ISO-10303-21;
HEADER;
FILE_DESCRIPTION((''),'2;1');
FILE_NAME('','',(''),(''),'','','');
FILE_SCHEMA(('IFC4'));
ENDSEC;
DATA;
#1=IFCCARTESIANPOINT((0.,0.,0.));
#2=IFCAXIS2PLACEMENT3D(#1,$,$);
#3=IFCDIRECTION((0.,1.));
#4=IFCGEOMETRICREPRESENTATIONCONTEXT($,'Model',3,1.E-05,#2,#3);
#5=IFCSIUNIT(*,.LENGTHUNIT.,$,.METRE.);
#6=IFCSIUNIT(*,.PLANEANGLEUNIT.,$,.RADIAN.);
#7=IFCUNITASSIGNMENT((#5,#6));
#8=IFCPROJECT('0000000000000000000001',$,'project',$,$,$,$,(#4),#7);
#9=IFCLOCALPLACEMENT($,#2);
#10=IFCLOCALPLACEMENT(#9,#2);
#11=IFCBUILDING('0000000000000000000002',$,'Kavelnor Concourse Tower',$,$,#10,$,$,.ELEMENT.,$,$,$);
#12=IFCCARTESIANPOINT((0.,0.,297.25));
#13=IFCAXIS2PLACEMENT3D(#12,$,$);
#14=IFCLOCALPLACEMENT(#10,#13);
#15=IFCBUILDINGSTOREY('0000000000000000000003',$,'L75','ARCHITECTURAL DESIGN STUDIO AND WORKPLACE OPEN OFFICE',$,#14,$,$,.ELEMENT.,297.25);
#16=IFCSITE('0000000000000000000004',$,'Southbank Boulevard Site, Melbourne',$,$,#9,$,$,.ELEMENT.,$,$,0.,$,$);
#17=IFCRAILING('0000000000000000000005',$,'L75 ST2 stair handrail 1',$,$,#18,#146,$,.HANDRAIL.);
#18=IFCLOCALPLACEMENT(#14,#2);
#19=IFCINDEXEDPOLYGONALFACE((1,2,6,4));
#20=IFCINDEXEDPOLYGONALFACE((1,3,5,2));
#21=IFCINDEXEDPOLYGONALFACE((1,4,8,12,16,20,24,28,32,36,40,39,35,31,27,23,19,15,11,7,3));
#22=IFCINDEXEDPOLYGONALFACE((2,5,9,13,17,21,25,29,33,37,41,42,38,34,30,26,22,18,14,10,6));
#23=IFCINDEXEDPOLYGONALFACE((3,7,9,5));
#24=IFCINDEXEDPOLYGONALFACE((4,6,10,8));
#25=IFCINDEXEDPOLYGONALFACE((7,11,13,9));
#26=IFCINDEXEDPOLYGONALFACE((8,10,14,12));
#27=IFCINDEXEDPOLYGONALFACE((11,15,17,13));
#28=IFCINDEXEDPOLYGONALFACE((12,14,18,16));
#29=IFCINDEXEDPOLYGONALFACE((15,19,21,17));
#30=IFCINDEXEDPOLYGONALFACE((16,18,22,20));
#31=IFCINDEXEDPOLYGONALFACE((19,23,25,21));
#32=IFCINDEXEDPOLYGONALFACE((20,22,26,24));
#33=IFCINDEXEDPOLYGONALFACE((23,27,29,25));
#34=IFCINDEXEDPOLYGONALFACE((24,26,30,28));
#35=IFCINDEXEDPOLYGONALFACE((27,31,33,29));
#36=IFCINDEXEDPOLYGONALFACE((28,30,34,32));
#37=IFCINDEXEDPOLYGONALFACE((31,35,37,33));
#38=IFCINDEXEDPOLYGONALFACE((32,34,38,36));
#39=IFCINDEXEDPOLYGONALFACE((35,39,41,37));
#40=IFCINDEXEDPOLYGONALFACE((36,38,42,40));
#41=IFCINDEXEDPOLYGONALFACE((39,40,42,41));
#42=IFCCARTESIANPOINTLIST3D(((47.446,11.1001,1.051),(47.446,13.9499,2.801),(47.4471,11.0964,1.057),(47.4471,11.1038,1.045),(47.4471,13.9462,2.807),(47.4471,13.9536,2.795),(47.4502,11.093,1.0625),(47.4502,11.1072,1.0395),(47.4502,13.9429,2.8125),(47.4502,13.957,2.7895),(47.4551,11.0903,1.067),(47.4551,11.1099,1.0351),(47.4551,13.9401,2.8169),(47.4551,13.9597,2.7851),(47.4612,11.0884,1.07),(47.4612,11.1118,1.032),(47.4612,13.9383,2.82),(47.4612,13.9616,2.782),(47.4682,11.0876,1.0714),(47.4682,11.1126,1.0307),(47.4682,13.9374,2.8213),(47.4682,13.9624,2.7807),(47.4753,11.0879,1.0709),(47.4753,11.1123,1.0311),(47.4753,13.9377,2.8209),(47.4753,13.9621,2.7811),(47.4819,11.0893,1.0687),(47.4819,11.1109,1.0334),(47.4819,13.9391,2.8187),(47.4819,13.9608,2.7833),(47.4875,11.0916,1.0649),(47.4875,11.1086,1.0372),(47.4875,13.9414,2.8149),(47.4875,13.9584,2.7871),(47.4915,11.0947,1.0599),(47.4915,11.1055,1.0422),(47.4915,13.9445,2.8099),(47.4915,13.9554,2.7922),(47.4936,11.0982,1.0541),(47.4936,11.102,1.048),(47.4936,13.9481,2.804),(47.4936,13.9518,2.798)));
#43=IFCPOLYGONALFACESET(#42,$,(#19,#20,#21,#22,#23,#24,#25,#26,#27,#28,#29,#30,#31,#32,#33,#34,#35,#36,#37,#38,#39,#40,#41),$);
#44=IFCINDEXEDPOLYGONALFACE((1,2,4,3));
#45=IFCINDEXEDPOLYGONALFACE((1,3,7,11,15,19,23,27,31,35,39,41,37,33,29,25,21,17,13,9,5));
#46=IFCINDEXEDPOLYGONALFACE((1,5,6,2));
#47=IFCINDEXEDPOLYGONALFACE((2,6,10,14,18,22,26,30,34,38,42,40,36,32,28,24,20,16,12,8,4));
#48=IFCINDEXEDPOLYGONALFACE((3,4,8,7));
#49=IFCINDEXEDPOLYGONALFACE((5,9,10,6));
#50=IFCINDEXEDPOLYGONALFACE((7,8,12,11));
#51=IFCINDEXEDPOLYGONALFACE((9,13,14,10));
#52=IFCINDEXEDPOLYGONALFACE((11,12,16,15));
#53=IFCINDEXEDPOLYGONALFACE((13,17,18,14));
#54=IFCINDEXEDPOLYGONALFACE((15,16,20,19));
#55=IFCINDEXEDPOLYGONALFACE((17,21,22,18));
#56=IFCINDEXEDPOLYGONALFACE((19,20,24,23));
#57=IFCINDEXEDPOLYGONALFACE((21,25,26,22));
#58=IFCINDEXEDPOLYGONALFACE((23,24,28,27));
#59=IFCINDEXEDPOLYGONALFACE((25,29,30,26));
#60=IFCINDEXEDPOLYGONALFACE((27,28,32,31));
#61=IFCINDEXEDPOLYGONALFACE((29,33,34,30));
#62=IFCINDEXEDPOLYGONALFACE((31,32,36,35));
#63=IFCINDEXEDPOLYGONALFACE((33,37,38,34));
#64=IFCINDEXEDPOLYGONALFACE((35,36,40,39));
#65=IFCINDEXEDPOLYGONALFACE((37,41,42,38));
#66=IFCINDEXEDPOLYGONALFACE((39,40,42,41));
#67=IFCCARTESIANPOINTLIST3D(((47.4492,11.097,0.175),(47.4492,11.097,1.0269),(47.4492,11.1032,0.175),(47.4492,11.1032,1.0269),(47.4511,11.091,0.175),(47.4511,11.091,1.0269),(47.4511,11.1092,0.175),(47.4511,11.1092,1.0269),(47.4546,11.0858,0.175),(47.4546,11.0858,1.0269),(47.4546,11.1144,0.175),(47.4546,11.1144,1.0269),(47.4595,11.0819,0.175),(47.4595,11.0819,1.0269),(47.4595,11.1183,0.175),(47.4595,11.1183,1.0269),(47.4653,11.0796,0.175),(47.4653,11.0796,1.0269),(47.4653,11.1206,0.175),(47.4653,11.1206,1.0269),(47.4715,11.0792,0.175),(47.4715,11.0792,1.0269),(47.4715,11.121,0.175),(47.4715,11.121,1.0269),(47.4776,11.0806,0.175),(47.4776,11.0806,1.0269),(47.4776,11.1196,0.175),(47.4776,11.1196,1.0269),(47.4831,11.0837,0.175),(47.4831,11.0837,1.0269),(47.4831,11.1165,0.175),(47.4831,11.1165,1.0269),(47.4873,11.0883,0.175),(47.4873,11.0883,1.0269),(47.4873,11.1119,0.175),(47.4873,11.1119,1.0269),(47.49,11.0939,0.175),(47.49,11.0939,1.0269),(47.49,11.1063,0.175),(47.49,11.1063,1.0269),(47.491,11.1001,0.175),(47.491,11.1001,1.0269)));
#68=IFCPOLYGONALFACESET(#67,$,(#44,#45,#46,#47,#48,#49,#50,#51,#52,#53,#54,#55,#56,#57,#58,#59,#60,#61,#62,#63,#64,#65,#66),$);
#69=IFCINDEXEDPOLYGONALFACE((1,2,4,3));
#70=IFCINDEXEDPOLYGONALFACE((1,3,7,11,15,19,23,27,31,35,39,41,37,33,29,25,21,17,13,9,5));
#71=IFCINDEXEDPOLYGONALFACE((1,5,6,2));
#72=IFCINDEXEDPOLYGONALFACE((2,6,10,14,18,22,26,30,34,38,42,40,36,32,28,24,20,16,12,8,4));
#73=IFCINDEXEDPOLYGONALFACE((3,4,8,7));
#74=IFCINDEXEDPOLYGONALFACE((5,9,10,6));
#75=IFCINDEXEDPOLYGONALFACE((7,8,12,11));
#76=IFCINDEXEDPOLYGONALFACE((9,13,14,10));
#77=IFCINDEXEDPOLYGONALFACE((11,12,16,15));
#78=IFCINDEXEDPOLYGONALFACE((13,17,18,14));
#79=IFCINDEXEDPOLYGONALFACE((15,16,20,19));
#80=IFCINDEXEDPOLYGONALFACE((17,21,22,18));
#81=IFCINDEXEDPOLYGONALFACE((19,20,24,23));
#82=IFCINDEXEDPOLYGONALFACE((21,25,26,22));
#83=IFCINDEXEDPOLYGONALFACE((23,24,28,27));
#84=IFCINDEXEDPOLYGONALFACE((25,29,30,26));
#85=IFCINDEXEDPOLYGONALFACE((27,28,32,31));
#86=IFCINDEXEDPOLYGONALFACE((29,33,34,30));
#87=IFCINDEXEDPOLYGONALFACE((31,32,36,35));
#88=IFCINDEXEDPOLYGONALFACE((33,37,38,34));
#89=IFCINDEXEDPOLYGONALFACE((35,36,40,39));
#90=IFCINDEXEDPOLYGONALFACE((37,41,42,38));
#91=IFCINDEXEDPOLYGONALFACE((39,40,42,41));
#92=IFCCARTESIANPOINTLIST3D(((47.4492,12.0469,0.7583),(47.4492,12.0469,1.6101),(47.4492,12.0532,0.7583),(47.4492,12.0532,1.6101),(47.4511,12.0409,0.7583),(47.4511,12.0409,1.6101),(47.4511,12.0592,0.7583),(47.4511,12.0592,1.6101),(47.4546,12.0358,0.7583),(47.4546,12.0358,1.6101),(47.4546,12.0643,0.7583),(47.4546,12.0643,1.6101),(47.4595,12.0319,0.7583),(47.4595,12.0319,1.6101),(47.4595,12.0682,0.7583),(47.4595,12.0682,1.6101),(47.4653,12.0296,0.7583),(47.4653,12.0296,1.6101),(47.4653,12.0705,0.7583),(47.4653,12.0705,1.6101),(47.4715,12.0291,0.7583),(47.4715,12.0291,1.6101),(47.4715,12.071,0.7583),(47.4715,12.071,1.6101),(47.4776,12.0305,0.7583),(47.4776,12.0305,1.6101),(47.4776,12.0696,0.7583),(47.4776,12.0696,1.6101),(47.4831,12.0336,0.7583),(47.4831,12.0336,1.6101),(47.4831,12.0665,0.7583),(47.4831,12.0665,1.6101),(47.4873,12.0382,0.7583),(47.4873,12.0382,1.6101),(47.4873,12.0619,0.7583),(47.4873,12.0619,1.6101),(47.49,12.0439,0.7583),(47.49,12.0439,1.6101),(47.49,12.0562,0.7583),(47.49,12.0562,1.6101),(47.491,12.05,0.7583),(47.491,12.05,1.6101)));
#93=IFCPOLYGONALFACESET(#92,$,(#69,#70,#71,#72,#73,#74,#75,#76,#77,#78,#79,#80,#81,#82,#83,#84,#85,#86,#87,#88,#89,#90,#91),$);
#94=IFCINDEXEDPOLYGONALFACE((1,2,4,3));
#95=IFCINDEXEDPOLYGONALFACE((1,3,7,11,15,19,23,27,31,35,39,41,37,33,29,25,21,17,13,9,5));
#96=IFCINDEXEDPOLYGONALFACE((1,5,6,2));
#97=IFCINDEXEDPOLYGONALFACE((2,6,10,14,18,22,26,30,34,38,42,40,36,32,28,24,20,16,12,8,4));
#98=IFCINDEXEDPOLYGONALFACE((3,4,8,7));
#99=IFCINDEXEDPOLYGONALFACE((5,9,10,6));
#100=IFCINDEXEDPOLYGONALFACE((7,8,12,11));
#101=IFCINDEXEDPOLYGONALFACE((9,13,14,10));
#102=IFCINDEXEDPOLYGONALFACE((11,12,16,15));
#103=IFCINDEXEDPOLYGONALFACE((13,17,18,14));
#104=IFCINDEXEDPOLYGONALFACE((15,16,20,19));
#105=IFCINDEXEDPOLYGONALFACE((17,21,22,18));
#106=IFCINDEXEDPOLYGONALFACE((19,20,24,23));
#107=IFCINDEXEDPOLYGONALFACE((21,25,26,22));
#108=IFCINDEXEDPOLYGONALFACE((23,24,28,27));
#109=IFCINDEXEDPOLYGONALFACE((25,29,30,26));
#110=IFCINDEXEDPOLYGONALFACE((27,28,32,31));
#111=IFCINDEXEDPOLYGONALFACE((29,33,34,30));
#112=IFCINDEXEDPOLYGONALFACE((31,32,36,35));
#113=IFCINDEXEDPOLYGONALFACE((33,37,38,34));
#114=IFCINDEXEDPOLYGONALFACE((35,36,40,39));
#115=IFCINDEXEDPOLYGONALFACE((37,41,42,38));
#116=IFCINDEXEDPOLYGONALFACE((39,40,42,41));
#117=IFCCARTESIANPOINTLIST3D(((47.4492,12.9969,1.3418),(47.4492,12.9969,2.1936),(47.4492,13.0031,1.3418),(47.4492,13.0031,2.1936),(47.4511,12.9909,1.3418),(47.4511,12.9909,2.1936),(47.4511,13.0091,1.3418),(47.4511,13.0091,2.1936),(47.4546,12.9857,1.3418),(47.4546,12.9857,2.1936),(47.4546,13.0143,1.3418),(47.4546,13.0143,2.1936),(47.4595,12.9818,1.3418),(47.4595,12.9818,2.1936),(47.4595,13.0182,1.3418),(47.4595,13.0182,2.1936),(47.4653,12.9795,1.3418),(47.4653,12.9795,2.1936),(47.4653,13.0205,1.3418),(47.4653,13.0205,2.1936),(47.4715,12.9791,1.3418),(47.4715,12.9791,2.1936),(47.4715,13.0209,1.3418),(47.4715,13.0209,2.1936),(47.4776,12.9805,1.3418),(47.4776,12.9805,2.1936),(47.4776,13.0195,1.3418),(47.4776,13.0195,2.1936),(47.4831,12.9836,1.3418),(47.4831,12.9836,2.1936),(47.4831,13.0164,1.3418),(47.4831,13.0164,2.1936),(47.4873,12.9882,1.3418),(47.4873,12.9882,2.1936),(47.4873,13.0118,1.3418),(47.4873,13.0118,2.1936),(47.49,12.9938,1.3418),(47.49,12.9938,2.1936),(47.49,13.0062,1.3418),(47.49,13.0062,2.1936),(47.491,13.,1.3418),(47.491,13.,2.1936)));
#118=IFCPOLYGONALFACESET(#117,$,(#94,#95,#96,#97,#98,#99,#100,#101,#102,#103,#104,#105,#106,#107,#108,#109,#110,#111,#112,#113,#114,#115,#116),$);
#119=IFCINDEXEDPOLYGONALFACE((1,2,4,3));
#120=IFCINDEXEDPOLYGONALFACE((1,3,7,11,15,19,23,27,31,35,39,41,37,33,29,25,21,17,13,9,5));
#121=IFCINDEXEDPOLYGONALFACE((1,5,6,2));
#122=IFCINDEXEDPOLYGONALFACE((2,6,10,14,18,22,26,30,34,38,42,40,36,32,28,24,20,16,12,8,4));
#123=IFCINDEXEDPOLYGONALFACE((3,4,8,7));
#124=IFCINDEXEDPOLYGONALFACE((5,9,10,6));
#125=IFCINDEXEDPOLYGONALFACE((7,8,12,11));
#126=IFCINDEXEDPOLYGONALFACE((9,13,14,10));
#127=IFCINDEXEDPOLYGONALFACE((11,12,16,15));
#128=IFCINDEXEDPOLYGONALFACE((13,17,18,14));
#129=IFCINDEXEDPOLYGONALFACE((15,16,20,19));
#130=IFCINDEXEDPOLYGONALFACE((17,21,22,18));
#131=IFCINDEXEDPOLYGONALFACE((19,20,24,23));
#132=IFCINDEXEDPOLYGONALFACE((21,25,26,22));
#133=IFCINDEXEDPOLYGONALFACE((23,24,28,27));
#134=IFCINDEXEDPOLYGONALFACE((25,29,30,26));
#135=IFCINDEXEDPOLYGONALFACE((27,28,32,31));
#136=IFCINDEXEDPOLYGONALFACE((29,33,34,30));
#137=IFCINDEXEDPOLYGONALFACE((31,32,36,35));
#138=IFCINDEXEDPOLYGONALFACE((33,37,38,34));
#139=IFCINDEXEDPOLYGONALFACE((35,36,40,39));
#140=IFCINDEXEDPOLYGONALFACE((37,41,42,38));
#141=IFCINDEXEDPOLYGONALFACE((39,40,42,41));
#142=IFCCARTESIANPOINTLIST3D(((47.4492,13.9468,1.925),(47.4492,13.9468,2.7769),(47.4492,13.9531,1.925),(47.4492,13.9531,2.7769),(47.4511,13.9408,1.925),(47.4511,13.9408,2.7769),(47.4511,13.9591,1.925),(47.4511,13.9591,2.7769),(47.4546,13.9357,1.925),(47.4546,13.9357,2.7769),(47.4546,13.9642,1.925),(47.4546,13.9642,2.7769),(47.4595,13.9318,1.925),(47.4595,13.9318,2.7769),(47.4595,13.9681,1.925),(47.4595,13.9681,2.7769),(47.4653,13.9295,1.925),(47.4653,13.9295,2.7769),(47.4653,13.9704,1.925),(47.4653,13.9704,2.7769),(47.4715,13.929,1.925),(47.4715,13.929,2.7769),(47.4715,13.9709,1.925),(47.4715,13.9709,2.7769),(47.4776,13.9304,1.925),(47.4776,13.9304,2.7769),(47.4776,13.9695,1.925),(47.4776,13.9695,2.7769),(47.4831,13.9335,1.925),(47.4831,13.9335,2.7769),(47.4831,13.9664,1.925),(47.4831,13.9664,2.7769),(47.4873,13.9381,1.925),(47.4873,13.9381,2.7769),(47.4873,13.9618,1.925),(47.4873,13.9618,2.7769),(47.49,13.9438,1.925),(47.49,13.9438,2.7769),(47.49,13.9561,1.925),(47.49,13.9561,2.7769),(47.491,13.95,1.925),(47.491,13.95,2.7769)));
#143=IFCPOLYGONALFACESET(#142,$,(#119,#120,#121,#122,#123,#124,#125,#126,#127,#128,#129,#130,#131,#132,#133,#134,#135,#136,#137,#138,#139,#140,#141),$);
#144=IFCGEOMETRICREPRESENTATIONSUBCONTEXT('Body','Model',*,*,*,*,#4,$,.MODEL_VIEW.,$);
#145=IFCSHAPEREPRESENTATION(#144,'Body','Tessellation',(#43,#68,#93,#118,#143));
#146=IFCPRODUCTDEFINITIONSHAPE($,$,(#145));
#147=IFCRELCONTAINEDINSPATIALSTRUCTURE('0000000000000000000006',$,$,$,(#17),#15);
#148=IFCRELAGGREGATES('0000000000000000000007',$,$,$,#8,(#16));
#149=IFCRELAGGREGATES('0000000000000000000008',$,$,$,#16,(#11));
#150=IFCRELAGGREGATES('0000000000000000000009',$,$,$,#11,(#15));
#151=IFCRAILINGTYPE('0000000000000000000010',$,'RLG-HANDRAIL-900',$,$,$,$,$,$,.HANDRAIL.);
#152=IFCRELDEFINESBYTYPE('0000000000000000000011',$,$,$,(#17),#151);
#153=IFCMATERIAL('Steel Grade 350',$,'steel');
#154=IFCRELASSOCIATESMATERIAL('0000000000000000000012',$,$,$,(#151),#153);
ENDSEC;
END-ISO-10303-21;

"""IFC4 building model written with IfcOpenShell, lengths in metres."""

from ifc_helpers import new_model, si_unit, direction, frame, origin, origin_2d, place, context, subcontext, project, spatial, circle, extrude, material, type_object, element, save


model = new_model("IFC4")

# Units and contexts
model_context = context("Model", 3, precision=1e-05, world=origin(), true_north=direction((0.0, 1.0)))
body_context = subcontext(model_context, "Body", "Model", "MODEL_VIEW")
ifc_project = project(units=[si_unit("LENGTHUNIT", "METRE"), si_unit("PLANEANGLEUNIT", "RADIAN")], contexts=[model_context])

# Site, building, storey
site_placement = place(None, origin())
site = spatial("IfcSite", under=ifc_project, at=site_placement, Name="Southbank Boulevard Site, Melbourne", CompositionType="ELEMENT", RefElevation=0.0)
building_placement = place(site_placement, origin())
building = spatial("IfcBuilding", under=site, at=building_placement, Name="Kavelnor Concourse Tower", CompositionType="ELEMENT")
storey_placement = place(building_placement, frame((0.0, 0.0, 297.25)))
storey = spatial("IfcBuildingStorey", under=building, at=storey_placement, Name="L75", Description="ARCHITECTURAL DESIGN STUDIO AND WORKPLACE OPEN OFFICE", CompositionType="ELEMENT", Elevation=297.25)

# Shared definitions
ifc_material_1 = material(Name="Steel Grade 350", Category="steel")

# Railing
railing_type_1 = type_object("IfcRailingType", Name="RLG-HANDRAIL-900", PredefinedType="HANDRAIL", material=ifc_material_1)
railing_1_placement = place(storey_placement, frame((47.47, 11.1001, 0.175)))
element("IfcRailing", 1, at=railing_1_placement, inside=storey, type_object=railing_type_1, Name="L75 ST2 stair handrail 1", PredefinedType="HANDRAIL", context=body_context, shape_type="SweptSolid", body=[
    extrude(circle(Radius=0.0239, at=origin_2d()), frame((0.0, 0.0, 0.876), z_axis=(0.0, 0.852159, 0.523283), x_axis=(-1.0, 0.0, 0.0)), (0.0, 0.0, 1.0), 3.3442),
    extrude(circle(Radius=0.021, at=origin_2d()), origin(), (0.0, 0.0, 1.0), 0.8518),
    extrude(circle(Radius=0.021, at=origin_2d()), frame((0.0, 0.95, 0.5833)), (0.0, 0.0, 1.0), 0.8518),
    extrude(circle(Radius=0.021, at=origin_2d()), frame((0.0, 1.8999, 1.1667)), (0.0, 0.0, 1.0), 0.8518),
    extrude(circle(Radius=0.021, at=origin_2d()), frame((0.0, 2.8499, 1.75)), (0.0, 0.0, 1.0), 0.8518),
])

save(model, "model.ifc")
